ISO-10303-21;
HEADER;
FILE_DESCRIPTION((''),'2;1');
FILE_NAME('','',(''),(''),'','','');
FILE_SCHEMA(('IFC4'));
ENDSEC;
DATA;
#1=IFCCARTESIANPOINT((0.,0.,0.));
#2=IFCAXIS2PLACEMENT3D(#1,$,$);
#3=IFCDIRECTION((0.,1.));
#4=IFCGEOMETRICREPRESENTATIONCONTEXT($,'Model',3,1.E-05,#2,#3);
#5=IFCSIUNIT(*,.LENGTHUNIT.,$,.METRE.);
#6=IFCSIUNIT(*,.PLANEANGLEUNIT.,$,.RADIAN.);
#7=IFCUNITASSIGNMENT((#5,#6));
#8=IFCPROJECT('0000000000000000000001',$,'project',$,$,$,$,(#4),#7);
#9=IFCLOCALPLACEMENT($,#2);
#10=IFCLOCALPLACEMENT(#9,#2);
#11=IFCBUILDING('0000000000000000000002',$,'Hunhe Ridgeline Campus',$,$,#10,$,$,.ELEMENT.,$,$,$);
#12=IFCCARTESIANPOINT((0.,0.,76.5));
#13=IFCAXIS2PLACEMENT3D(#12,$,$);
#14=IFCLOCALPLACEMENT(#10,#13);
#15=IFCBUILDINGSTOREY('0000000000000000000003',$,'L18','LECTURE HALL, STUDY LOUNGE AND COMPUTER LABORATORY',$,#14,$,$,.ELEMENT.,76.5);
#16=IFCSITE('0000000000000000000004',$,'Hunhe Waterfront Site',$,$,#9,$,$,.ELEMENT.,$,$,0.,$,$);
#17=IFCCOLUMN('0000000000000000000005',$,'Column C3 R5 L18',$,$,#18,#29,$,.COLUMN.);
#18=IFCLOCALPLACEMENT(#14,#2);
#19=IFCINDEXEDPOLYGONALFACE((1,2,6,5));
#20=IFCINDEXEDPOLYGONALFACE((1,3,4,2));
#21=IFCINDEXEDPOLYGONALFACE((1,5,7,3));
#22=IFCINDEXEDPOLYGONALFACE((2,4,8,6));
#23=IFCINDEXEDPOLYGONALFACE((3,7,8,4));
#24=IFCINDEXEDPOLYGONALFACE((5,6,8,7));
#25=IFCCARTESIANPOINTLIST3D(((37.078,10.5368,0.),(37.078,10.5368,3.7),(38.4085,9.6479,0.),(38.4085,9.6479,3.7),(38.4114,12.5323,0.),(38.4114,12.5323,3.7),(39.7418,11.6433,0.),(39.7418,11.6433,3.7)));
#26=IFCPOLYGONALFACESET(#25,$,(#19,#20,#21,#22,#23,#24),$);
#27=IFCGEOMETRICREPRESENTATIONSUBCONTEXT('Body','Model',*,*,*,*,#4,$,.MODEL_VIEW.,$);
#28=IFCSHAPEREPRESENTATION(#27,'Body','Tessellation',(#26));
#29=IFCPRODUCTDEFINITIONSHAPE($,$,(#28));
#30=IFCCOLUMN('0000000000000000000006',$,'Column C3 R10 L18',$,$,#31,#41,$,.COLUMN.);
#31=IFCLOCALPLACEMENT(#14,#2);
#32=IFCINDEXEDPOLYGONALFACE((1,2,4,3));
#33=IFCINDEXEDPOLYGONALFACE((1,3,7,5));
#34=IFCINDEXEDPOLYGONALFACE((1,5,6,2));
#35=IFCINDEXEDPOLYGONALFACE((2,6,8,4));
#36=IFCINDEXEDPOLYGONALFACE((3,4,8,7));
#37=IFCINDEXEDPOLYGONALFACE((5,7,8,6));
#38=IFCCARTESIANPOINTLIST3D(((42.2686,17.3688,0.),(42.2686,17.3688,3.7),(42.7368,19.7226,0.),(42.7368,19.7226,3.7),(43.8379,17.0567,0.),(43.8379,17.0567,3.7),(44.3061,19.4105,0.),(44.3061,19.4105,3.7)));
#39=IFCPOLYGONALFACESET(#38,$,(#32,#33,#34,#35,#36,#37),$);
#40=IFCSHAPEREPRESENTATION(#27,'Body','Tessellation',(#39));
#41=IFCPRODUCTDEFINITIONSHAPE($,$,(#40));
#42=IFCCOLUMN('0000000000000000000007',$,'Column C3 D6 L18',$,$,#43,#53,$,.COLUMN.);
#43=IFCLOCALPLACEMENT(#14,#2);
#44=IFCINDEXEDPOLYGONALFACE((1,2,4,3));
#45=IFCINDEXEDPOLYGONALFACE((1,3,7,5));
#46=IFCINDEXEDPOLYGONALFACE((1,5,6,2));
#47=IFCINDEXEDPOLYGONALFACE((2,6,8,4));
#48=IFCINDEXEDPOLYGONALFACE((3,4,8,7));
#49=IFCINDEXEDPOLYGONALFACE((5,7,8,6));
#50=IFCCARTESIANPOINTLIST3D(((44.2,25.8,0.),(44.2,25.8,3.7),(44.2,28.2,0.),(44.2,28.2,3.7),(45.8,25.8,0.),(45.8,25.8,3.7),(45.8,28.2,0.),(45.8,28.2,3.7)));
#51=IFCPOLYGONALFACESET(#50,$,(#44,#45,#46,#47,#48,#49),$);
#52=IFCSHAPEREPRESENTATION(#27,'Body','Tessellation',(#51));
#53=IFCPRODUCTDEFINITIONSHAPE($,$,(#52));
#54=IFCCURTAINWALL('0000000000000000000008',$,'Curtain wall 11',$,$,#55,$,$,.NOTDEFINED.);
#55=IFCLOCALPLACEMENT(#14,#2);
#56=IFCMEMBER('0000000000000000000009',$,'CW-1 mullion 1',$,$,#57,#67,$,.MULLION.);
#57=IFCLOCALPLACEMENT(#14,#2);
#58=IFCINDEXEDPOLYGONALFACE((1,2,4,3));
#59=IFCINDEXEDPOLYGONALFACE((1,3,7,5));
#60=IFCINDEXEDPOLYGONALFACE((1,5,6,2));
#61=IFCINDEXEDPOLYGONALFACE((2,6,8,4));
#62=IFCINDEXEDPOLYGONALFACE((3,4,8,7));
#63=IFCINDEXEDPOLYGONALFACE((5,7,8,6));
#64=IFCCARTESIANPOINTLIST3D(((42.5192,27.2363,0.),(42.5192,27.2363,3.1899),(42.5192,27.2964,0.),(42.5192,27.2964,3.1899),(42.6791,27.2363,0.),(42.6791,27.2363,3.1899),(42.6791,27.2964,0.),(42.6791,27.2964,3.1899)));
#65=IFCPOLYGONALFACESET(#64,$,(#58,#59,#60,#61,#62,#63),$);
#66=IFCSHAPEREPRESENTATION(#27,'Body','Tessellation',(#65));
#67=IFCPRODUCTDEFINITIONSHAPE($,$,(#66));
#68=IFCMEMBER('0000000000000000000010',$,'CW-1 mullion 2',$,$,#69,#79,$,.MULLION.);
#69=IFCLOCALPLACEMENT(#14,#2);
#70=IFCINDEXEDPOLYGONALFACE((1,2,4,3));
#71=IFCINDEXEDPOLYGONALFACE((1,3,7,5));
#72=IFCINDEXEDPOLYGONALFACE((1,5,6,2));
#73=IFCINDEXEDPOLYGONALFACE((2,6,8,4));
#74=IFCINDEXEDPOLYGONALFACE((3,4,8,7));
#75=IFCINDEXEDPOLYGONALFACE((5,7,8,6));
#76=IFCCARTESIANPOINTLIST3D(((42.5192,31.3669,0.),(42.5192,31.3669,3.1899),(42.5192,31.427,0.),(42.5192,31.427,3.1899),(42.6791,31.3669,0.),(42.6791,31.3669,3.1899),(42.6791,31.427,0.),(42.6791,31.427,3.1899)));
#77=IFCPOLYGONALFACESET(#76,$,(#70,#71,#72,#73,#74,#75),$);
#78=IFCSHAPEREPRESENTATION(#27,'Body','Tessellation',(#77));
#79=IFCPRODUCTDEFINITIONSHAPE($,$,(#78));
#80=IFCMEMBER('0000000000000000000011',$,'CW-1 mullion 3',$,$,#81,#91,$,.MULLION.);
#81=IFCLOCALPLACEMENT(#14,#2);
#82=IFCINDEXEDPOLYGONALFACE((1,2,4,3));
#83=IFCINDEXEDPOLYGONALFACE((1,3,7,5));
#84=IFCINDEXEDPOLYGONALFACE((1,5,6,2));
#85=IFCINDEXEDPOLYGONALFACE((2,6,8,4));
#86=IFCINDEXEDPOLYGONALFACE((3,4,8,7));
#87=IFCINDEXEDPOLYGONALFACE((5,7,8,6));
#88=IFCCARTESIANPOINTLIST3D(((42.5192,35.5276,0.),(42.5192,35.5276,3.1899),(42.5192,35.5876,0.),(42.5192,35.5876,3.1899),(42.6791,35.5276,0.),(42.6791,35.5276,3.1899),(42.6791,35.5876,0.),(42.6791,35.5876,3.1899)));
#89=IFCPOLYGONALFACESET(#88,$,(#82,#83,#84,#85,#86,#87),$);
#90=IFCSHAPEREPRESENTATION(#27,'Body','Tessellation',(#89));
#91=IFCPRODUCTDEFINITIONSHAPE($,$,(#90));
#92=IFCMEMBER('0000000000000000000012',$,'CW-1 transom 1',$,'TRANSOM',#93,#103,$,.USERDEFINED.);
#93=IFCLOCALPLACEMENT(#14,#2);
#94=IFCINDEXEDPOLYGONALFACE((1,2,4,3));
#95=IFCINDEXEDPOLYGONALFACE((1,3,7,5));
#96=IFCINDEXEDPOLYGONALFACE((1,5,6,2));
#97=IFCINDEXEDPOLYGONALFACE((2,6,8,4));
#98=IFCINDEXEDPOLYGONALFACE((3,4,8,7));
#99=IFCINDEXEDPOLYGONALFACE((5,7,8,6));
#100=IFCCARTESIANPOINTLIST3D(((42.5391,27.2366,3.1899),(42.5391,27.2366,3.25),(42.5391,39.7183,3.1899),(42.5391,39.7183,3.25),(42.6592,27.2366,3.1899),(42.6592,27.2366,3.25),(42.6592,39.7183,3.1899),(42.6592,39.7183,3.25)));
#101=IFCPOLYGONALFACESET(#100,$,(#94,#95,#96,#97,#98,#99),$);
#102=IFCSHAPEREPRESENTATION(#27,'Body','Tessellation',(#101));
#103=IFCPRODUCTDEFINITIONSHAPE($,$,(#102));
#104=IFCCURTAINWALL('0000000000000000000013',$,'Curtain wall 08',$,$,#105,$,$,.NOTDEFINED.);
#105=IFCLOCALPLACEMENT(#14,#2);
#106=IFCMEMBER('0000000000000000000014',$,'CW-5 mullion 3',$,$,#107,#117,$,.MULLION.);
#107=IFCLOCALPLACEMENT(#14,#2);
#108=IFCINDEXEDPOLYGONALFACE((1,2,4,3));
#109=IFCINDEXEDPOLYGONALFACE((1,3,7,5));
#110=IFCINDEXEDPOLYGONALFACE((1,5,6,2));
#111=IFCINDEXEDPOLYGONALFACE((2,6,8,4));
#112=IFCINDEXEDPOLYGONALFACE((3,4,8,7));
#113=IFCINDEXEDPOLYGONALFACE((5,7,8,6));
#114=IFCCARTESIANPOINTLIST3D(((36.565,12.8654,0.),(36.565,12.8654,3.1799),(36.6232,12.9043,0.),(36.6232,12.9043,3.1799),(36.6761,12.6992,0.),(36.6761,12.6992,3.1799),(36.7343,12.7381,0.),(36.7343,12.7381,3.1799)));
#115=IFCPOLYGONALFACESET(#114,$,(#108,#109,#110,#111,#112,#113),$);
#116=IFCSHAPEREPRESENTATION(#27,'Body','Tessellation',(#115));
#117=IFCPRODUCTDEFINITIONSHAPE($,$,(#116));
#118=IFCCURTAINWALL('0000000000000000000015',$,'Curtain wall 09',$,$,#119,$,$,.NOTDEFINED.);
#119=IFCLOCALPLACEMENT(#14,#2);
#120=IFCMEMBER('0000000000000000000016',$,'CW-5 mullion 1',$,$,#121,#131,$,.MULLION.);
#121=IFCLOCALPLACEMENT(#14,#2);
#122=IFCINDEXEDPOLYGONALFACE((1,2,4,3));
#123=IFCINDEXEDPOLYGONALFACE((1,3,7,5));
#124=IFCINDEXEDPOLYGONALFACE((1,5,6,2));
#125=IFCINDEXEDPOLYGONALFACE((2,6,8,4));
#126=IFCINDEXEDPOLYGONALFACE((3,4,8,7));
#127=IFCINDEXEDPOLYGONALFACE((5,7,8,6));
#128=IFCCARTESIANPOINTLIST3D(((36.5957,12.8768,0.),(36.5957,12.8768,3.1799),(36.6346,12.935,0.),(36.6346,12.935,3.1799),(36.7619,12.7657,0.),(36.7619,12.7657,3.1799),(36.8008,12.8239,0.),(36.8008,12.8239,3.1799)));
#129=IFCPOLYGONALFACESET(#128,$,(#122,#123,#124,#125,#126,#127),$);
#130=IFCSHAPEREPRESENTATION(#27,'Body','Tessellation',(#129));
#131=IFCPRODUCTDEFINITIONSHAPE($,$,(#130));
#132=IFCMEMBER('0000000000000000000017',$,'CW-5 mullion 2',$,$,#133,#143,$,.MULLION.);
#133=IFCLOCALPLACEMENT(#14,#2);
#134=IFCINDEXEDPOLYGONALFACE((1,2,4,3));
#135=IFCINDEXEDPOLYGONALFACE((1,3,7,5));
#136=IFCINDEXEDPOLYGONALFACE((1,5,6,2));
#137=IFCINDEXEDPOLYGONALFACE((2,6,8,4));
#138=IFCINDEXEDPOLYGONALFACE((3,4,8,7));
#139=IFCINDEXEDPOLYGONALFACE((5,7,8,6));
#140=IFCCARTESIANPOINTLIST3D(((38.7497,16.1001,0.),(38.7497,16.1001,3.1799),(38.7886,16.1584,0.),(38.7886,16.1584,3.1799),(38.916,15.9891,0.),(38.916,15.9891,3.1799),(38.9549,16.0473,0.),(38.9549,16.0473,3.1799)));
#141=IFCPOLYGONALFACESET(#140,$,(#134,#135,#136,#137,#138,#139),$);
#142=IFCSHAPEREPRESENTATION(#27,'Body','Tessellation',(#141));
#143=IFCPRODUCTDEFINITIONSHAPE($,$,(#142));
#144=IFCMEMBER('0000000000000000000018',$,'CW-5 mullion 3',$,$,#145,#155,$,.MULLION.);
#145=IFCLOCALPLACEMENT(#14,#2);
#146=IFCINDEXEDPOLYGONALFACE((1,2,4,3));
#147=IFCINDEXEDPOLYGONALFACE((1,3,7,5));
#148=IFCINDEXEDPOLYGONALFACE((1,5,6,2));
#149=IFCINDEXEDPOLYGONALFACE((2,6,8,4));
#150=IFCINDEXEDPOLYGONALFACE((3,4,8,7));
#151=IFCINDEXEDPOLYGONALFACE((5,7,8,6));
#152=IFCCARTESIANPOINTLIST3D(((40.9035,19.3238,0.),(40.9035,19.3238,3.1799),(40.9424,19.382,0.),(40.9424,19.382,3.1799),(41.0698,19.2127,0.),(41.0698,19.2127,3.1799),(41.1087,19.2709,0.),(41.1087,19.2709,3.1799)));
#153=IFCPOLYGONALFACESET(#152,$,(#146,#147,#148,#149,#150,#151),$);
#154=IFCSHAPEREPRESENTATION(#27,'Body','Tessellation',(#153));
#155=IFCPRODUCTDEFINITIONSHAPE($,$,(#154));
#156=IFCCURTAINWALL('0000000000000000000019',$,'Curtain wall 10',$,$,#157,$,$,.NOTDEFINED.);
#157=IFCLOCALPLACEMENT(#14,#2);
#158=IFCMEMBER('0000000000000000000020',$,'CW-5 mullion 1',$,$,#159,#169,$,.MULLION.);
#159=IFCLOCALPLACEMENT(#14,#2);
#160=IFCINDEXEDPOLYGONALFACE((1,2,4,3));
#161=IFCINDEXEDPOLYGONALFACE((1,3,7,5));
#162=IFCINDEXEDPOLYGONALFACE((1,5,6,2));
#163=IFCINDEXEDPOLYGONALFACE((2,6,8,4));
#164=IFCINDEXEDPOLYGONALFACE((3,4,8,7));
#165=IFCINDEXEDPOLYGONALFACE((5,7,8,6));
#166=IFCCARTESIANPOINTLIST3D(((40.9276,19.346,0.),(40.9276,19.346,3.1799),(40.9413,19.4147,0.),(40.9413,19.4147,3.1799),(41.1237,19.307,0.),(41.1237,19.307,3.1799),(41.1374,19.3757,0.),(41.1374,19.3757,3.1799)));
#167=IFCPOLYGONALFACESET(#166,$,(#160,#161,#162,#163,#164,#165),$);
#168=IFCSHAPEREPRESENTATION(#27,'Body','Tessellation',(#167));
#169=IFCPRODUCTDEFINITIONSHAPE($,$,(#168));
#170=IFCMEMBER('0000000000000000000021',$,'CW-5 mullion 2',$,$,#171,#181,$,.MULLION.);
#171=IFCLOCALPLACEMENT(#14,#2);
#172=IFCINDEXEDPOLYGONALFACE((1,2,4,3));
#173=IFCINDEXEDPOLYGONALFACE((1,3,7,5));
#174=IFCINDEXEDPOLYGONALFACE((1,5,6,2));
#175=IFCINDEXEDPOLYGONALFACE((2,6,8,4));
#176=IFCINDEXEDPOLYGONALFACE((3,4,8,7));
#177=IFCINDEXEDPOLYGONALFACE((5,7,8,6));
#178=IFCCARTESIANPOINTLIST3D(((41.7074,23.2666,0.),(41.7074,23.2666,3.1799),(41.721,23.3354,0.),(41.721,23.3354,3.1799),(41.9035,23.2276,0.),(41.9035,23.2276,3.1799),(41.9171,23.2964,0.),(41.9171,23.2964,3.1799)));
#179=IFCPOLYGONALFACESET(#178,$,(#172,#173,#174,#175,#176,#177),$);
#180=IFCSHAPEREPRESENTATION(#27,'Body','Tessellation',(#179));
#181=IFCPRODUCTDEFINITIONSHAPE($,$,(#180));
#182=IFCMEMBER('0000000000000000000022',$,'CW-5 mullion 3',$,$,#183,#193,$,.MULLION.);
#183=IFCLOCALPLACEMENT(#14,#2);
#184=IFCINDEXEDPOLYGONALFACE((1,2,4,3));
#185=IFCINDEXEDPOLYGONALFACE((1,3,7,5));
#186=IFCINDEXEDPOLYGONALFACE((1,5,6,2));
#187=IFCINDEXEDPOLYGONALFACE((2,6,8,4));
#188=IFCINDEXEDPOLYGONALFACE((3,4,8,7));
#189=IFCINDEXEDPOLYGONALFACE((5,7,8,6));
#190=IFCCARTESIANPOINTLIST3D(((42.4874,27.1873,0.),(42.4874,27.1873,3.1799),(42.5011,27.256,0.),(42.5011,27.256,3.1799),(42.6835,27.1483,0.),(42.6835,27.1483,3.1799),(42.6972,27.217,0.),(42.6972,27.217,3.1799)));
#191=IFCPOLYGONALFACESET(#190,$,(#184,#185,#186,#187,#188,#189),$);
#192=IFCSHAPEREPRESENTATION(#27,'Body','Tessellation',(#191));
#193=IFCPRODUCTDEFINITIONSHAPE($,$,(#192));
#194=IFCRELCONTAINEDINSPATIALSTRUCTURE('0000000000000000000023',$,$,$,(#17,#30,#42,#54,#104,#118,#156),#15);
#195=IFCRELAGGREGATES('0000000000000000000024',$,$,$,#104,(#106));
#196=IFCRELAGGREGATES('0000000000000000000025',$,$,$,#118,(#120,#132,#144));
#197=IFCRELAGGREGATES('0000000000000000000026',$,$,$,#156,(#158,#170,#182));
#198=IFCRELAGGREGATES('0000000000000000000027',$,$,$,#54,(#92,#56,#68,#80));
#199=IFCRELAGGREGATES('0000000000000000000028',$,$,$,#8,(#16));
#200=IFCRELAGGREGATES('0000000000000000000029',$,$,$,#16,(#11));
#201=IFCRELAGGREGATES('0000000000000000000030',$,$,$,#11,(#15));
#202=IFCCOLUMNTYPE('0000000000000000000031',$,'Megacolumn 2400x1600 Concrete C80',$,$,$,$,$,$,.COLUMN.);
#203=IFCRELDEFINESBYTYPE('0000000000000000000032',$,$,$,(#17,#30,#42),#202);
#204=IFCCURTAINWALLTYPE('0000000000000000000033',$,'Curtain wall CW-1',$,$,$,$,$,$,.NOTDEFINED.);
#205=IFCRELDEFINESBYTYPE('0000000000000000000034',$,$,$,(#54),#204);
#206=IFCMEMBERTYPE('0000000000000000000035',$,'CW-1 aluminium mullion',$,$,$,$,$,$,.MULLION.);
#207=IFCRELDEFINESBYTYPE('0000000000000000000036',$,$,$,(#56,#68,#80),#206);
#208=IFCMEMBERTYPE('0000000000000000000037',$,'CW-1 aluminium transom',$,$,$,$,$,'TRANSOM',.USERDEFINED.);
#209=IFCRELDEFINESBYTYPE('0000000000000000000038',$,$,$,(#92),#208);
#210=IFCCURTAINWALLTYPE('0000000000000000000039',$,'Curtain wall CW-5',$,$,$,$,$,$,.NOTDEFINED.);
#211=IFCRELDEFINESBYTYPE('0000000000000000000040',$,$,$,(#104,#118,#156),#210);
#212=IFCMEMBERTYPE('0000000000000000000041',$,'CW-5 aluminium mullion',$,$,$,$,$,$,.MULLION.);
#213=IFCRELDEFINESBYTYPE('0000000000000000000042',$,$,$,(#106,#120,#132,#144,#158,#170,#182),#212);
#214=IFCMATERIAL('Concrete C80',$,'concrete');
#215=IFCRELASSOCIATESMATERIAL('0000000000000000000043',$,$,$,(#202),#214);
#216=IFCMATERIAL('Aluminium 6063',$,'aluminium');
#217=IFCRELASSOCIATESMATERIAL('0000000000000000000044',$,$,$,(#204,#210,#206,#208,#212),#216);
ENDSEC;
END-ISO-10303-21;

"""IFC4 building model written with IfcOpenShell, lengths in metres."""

from ifc_helpers import new_model, si_unit, direction, frame, origin, origin_2d, place, context, subcontext, project, spatial, rectangle, extrude, material, material_profile, profile_set, type_object, element, aggregate, save


model = new_model("IFC4")

# Units and contexts
model_context = context("Model", 3, precision=1e-05, world=origin(), true_north=direction((0.0, 1.0)))
body_context = subcontext(model_context, "Body", "Model", "MODEL_VIEW")
ifc_project = project(units=[si_unit("LENGTHUNIT", "METRE"), si_unit("PLANEANGLEUNIT", "RADIAN")], contexts=[model_context])

# Site, building, storey
site_placement = place(None, origin())
site = spatial("IfcSite", under=ifc_project, at=site_placement, Name="Hunhe Waterfront Site", CompositionType="ELEMENT", RefElevation=0.0)
building_placement = place(site_placement, origin())
building = spatial("IfcBuilding", under=site, at=building_placement, Name="Hunhe Ridgeline Campus", CompositionType="ELEMENT")
storey_placement = place(building_placement, frame((0.0, 0.0, 76.5)))
storey = spatial("IfcBuildingStorey", under=building, at=storey_placement, Name="L18", Description="LECTURE HALL, STUDY LOUNGE AND COMPUTER LABORATORY", CompositionType="ELEMENT", Elevation=76.5)

# Columns
ifc_material_1 = material(Name="Concrete C80", Category="concrete")
ifc_material_profile_1 = material_profile(ifc_material_1, rectangle(XDim=2.3999, YDim=1.6001, at=origin_2d()))
ifc_profile_set_1 = profile_set([ifc_material_profile_1], Name="Concrete C80")
column_type = type_object("IfcColumnType", Name="Megacolumn 2400x1600 Concrete C80", PredefinedType="COLUMN", material=ifc_profile_set_1)
for number, where, z_axis, x_axis, name in (
    (1, (38.4099, 11.0901, 0.0), (0.0, 0.0, 1.0), (0.55557, 0.83147, 0.0), "Column C3 R5 L18"),
    (2, (43.2874, 18.3896, 0.0), (0.0, 0.0, 1.0), (0.19509, 0.980785, 0.0), "Column C3 R10 L18"),
    (3, (45.0, 27.0, 0.0), (0.0, 0.0, 1.0), (0.0, 1.0, 0.0), "Column C3 D6 L18"),
):
    element("IfcColumn", number, at=place(storey_placement, frame(where, z_axis=z_axis, x_axis=x_axis)), inside=storey, type_object=column_type, Name=name, PredefinedType="COLUMN", context=body_context, shape_type="SweptSolid", body=[
        extrude(rectangle(XDim=2.3999, YDim=1.6001, at=origin_2d()), origin(), (0.0, 0.0, 1.0), 3.7),
    ])

# Curtain wall, members
ifc_material_2 = material(Name="Aluminium 6063", Category="aluminium")
curtain_wall_type_1 = type_object("IfcCurtainWallType", Name="Curtain wall CW-1", PredefinedType="NOTDEFINED", material=ifc_material_2)
curtain_wall_1_placement = place(storey_placement, origin())
curtain_wall_1 = element("IfcCurtainWall", 4, at=curtain_wall_1_placement, inside=storey, type_object=curtain_wall_type_1, Name="Curtain wall 11", PredefinedType="NOTDEFINED")
ifc_material_profile_2 = material_profile(ifc_material_2, rectangle(XDim=0.1599, YDim=0.0601, at=origin_2d()))
ifc_profile_set_2 = profile_set([ifc_material_profile_2], Name="Aluminium 6063")
member_type_1 = type_object("IfcMemberType", Name="CW-1 aluminium mullion", PredefinedType="MULLION", material=ifc_profile_set_2)
member_1_placement = place(storey_placement, frame((42.5991, 27.2664, 0.0), z_axis=(0.0, 0.0, 1.0), x_axis=(-1.0, 0.0, 0.0)))
member_1 = element("IfcMember", 5, at=member_1_placement, type_object=member_type_1, Name="CW-1 mullion 1", PredefinedType="MULLION", context=body_context, shape_type="SweptSolid", body=[
    extrude(rectangle(XDim=0.1599, YDim=0.0601, at=origin_2d()), origin(), (0.0, 0.0, 1.0), 3.1899),
])
member_2_placement = place(storey_placement, frame((42.5991, 31.397, 0.0), z_axis=(0.0, 0.0, 1.0), x_axis=(-1.0, 0.0, 0.0)))
member_2 = element("IfcMember", 6, at=member_2_placement, type_object=member_type_1, Name="CW-1 mullion 2", PredefinedType="MULLION", context=body_context, shape_type="SweptSolid", body=[
    extrude(rectangle(XDim=0.1599, YDim=0.0601, at=origin_2d()), origin(), (0.0, 0.0, 1.0), 3.1899),
])
member_3_placement = place(storey_placement, frame((42.5991, 35.5576, 0.0), z_axis=(0.0, 0.0, 1.0), x_axis=(-1.0, 0.0, 0.0)))
member_3 = element("IfcMember", 7, at=member_3_placement, type_object=member_type_1, Name="CW-1 mullion 3", PredefinedType="MULLION", context=body_context, shape_type="SweptSolid", body=[
    extrude(rectangle(XDim=0.1599, YDim=0.0601, at=origin_2d()), origin(), (0.0, 0.0, 1.0), 3.1899),
])
ifc_material_profile_3 = material_profile(ifc_material_2, rectangle(XDim=0.1201, YDim=0.0601, at=origin_2d()))
ifc_profile_set_3 = profile_set([ifc_material_profile_3], Name="Aluminium 6063")
member_type_2 = type_object("IfcMemberType", Name="CW-1 aluminium transom", ElementType="TRANSOM", PredefinedType="USERDEFINED", material=ifc_profile_set_3)
member_4_placement = place(storey_placement, frame((42.5991, 27.2366, 3.22), z_axis=(0.0, 1.0, 0.0), x_axis=(-1.0, 0.0, 0.0)))
member_4 = element("IfcMember", 8, at=member_4_placement, type_object=member_type_2, Name="CW-1 transom 1", ObjectType="TRANSOM", PredefinedType="USERDEFINED", context=body_context, shape_type="SweptSolid", body=[
    extrude(rectangle(XDim=0.1201, YDim=0.0601, at=origin_2d()), origin(), (0.0, 0.0, 1.0), 12.4817),
])

# Curtain wall, member
curtain_wall_type_2 = type_object("IfcCurtainWallType", Name="Curtain wall CW-5", PredefinedType="NOTDEFINED", material=ifc_material_2)
curtain_wall_2_placement = place(storey_placement, origin())
curtain_wall_2 = element("IfcCurtainWall", 9, at=curtain_wall_2_placement, inside=storey, type_object=curtain_wall_type_2, Name="Curtain wall 08", PredefinedType="NOTDEFINED")
ifc_material_profile_4 = material_profile(ifc_material_2, rectangle(XDim=0.2, YDim=0.0701, at=origin_2d()))
ifc_profile_set_4 = profile_set([ifc_material_profile_4], Name="Aluminium 6063")
member_type_3 = type_object("IfcMemberType", Name="CW-5 aluminium mullion", PredefinedType="MULLION", material=ifc_profile_set_4)
member_5_placement = place(storey_placement, frame((36.6497, 12.8018, 0.0), z_axis=(0.0, 0.0, 1.0), x_axis=(-0.55557, 0.83147, 0.0)))
member_5 = element("IfcMember", 10, at=member_5_placement, type_object=member_type_3, Name="CW-5 mullion 3", PredefinedType="MULLION", context=body_context, shape_type="SweptSolid", body=[
    extrude(rectangle(XDim=0.2, YDim=0.0701, at=origin_2d()), origin(), (0.0, 0.0, 1.0), 3.1799),
])
aggregate(curtain_wall_2, [member_5])

# Curtain walls, members
curtain_wall_3_placement = place(storey_placement, origin())
curtain_wall_3 = element("IfcCurtainWall", 11, at=curtain_wall_3_placement, inside=storey, type_object=curtain_wall_type_2, Name="Curtain wall 09", PredefinedType="NOTDEFINED")
member_6_placement = place(storey_placement, frame((36.6982, 12.8503, 0.0), z_axis=(0.0, 0.0, 1.0), x_axis=(-0.83147, 0.55557, 0.0)))
member_6 = element("IfcMember", 12, at=member_6_placement, type_object=member_type_3, Name="CW-5 mullion 1", PredefinedType="MULLION", context=body_context, shape_type="SweptSolid", body=[
    extrude(rectangle(XDim=0.2, YDim=0.0701, at=origin_2d()), origin(), (0.0, 0.0, 1.0), 3.1799),
])
member_7_placement = place(storey_placement, frame((38.8523, 16.0737, 0.0), z_axis=(0.0, 0.0, 1.0), x_axis=(-0.83147, 0.55557, 0.0)))
member_7 = element("IfcMember", 13, at=member_7_placement, type_object=member_type_3, Name="CW-5 mullion 2", PredefinedType="MULLION", context=body_context, shape_type="SweptSolid", body=[
    extrude(rectangle(XDim=0.2, YDim=0.0701, at=origin_2d()), origin(), (0.0, 0.0, 1.0), 3.1799),
])
member_8_placement = place(storey_placement, frame((41.0061, 19.2974, 0.0), z_axis=(0.0, 0.0, 1.0), x_axis=(-0.83147, 0.55557, 0.0)))
member_8 = element("IfcMember", 14, at=member_8_placement, type_object=member_type_3, Name="CW-5 mullion 3", PredefinedType="MULLION", context=body_context, shape_type="SweptSolid", body=[
    extrude(rectangle(XDim=0.2, YDim=0.0701, at=origin_2d()), origin(), (0.0, 0.0, 1.0), 3.1799),
])
curtain_wall_4_placement = place(storey_placement, origin())
curtain_wall_4 = element("IfcCurtainWall", 15, at=curtain_wall_4_placement, inside=storey, type_object=curtain_wall_type_2, Name="Curtain wall 10", PredefinedType="NOTDEFINED")
member_9_placement = place(storey_placement, frame((41.0325, 19.3608, 0.0), z_axis=(0.0, 0.0, 1.0), x_axis=(-0.980785, 0.19509, 0.0)))
member_9 = element("IfcMember", 16, at=member_9_placement, type_object=member_type_3, Name="CW-5 mullion 1", PredefinedType="MULLION", context=body_context, shape_type="SweptSolid", body=[
    extrude(rectangle(XDim=0.2, YDim=0.0701, at=origin_2d()), origin(), (0.0, 0.0, 1.0), 3.1799),
])
member_10_placement = place(storey_placement, frame((41.8123, 23.2815, 0.0), z_axis=(0.0, 0.0, 1.0), x_axis=(-0.980785, 0.19509, 0.0)))
member_10 = element("IfcMember", 17, at=member_10_placement, type_object=member_type_3, Name="CW-5 mullion 2", PredefinedType="MULLION", context=body_context, shape_type="SweptSolid", body=[
    extrude(rectangle(XDim=0.2, YDim=0.0701, at=origin_2d()), origin(), (0.0, 0.0, 1.0), 3.1799),
])
member_11_placement = place(storey_placement, frame((42.5923, 27.2021, 0.0), z_axis=(0.0, 0.0, 1.0), x_axis=(-0.980785, 0.19509, 0.0)))
member_11 = element("IfcMember", 18, at=member_11_placement, type_object=member_type_3, Name="CW-5 mullion 3", PredefinedType="MULLION", context=body_context, shape_type="SweptSolid", body=[
    extrude(rectangle(XDim=0.2, YDim=0.0701, at=origin_2d()), origin(), (0.0, 0.0, 1.0), 3.1799),
])

aggregate(curtain_wall_3, [member_6, member_7, member_8])
aggregate(curtain_wall_4, [member_9, member_10, member_11])
aggregate(curtain_wall_1, [member_4, member_1, member_2, member_3])

save(model, "model.ifc")
